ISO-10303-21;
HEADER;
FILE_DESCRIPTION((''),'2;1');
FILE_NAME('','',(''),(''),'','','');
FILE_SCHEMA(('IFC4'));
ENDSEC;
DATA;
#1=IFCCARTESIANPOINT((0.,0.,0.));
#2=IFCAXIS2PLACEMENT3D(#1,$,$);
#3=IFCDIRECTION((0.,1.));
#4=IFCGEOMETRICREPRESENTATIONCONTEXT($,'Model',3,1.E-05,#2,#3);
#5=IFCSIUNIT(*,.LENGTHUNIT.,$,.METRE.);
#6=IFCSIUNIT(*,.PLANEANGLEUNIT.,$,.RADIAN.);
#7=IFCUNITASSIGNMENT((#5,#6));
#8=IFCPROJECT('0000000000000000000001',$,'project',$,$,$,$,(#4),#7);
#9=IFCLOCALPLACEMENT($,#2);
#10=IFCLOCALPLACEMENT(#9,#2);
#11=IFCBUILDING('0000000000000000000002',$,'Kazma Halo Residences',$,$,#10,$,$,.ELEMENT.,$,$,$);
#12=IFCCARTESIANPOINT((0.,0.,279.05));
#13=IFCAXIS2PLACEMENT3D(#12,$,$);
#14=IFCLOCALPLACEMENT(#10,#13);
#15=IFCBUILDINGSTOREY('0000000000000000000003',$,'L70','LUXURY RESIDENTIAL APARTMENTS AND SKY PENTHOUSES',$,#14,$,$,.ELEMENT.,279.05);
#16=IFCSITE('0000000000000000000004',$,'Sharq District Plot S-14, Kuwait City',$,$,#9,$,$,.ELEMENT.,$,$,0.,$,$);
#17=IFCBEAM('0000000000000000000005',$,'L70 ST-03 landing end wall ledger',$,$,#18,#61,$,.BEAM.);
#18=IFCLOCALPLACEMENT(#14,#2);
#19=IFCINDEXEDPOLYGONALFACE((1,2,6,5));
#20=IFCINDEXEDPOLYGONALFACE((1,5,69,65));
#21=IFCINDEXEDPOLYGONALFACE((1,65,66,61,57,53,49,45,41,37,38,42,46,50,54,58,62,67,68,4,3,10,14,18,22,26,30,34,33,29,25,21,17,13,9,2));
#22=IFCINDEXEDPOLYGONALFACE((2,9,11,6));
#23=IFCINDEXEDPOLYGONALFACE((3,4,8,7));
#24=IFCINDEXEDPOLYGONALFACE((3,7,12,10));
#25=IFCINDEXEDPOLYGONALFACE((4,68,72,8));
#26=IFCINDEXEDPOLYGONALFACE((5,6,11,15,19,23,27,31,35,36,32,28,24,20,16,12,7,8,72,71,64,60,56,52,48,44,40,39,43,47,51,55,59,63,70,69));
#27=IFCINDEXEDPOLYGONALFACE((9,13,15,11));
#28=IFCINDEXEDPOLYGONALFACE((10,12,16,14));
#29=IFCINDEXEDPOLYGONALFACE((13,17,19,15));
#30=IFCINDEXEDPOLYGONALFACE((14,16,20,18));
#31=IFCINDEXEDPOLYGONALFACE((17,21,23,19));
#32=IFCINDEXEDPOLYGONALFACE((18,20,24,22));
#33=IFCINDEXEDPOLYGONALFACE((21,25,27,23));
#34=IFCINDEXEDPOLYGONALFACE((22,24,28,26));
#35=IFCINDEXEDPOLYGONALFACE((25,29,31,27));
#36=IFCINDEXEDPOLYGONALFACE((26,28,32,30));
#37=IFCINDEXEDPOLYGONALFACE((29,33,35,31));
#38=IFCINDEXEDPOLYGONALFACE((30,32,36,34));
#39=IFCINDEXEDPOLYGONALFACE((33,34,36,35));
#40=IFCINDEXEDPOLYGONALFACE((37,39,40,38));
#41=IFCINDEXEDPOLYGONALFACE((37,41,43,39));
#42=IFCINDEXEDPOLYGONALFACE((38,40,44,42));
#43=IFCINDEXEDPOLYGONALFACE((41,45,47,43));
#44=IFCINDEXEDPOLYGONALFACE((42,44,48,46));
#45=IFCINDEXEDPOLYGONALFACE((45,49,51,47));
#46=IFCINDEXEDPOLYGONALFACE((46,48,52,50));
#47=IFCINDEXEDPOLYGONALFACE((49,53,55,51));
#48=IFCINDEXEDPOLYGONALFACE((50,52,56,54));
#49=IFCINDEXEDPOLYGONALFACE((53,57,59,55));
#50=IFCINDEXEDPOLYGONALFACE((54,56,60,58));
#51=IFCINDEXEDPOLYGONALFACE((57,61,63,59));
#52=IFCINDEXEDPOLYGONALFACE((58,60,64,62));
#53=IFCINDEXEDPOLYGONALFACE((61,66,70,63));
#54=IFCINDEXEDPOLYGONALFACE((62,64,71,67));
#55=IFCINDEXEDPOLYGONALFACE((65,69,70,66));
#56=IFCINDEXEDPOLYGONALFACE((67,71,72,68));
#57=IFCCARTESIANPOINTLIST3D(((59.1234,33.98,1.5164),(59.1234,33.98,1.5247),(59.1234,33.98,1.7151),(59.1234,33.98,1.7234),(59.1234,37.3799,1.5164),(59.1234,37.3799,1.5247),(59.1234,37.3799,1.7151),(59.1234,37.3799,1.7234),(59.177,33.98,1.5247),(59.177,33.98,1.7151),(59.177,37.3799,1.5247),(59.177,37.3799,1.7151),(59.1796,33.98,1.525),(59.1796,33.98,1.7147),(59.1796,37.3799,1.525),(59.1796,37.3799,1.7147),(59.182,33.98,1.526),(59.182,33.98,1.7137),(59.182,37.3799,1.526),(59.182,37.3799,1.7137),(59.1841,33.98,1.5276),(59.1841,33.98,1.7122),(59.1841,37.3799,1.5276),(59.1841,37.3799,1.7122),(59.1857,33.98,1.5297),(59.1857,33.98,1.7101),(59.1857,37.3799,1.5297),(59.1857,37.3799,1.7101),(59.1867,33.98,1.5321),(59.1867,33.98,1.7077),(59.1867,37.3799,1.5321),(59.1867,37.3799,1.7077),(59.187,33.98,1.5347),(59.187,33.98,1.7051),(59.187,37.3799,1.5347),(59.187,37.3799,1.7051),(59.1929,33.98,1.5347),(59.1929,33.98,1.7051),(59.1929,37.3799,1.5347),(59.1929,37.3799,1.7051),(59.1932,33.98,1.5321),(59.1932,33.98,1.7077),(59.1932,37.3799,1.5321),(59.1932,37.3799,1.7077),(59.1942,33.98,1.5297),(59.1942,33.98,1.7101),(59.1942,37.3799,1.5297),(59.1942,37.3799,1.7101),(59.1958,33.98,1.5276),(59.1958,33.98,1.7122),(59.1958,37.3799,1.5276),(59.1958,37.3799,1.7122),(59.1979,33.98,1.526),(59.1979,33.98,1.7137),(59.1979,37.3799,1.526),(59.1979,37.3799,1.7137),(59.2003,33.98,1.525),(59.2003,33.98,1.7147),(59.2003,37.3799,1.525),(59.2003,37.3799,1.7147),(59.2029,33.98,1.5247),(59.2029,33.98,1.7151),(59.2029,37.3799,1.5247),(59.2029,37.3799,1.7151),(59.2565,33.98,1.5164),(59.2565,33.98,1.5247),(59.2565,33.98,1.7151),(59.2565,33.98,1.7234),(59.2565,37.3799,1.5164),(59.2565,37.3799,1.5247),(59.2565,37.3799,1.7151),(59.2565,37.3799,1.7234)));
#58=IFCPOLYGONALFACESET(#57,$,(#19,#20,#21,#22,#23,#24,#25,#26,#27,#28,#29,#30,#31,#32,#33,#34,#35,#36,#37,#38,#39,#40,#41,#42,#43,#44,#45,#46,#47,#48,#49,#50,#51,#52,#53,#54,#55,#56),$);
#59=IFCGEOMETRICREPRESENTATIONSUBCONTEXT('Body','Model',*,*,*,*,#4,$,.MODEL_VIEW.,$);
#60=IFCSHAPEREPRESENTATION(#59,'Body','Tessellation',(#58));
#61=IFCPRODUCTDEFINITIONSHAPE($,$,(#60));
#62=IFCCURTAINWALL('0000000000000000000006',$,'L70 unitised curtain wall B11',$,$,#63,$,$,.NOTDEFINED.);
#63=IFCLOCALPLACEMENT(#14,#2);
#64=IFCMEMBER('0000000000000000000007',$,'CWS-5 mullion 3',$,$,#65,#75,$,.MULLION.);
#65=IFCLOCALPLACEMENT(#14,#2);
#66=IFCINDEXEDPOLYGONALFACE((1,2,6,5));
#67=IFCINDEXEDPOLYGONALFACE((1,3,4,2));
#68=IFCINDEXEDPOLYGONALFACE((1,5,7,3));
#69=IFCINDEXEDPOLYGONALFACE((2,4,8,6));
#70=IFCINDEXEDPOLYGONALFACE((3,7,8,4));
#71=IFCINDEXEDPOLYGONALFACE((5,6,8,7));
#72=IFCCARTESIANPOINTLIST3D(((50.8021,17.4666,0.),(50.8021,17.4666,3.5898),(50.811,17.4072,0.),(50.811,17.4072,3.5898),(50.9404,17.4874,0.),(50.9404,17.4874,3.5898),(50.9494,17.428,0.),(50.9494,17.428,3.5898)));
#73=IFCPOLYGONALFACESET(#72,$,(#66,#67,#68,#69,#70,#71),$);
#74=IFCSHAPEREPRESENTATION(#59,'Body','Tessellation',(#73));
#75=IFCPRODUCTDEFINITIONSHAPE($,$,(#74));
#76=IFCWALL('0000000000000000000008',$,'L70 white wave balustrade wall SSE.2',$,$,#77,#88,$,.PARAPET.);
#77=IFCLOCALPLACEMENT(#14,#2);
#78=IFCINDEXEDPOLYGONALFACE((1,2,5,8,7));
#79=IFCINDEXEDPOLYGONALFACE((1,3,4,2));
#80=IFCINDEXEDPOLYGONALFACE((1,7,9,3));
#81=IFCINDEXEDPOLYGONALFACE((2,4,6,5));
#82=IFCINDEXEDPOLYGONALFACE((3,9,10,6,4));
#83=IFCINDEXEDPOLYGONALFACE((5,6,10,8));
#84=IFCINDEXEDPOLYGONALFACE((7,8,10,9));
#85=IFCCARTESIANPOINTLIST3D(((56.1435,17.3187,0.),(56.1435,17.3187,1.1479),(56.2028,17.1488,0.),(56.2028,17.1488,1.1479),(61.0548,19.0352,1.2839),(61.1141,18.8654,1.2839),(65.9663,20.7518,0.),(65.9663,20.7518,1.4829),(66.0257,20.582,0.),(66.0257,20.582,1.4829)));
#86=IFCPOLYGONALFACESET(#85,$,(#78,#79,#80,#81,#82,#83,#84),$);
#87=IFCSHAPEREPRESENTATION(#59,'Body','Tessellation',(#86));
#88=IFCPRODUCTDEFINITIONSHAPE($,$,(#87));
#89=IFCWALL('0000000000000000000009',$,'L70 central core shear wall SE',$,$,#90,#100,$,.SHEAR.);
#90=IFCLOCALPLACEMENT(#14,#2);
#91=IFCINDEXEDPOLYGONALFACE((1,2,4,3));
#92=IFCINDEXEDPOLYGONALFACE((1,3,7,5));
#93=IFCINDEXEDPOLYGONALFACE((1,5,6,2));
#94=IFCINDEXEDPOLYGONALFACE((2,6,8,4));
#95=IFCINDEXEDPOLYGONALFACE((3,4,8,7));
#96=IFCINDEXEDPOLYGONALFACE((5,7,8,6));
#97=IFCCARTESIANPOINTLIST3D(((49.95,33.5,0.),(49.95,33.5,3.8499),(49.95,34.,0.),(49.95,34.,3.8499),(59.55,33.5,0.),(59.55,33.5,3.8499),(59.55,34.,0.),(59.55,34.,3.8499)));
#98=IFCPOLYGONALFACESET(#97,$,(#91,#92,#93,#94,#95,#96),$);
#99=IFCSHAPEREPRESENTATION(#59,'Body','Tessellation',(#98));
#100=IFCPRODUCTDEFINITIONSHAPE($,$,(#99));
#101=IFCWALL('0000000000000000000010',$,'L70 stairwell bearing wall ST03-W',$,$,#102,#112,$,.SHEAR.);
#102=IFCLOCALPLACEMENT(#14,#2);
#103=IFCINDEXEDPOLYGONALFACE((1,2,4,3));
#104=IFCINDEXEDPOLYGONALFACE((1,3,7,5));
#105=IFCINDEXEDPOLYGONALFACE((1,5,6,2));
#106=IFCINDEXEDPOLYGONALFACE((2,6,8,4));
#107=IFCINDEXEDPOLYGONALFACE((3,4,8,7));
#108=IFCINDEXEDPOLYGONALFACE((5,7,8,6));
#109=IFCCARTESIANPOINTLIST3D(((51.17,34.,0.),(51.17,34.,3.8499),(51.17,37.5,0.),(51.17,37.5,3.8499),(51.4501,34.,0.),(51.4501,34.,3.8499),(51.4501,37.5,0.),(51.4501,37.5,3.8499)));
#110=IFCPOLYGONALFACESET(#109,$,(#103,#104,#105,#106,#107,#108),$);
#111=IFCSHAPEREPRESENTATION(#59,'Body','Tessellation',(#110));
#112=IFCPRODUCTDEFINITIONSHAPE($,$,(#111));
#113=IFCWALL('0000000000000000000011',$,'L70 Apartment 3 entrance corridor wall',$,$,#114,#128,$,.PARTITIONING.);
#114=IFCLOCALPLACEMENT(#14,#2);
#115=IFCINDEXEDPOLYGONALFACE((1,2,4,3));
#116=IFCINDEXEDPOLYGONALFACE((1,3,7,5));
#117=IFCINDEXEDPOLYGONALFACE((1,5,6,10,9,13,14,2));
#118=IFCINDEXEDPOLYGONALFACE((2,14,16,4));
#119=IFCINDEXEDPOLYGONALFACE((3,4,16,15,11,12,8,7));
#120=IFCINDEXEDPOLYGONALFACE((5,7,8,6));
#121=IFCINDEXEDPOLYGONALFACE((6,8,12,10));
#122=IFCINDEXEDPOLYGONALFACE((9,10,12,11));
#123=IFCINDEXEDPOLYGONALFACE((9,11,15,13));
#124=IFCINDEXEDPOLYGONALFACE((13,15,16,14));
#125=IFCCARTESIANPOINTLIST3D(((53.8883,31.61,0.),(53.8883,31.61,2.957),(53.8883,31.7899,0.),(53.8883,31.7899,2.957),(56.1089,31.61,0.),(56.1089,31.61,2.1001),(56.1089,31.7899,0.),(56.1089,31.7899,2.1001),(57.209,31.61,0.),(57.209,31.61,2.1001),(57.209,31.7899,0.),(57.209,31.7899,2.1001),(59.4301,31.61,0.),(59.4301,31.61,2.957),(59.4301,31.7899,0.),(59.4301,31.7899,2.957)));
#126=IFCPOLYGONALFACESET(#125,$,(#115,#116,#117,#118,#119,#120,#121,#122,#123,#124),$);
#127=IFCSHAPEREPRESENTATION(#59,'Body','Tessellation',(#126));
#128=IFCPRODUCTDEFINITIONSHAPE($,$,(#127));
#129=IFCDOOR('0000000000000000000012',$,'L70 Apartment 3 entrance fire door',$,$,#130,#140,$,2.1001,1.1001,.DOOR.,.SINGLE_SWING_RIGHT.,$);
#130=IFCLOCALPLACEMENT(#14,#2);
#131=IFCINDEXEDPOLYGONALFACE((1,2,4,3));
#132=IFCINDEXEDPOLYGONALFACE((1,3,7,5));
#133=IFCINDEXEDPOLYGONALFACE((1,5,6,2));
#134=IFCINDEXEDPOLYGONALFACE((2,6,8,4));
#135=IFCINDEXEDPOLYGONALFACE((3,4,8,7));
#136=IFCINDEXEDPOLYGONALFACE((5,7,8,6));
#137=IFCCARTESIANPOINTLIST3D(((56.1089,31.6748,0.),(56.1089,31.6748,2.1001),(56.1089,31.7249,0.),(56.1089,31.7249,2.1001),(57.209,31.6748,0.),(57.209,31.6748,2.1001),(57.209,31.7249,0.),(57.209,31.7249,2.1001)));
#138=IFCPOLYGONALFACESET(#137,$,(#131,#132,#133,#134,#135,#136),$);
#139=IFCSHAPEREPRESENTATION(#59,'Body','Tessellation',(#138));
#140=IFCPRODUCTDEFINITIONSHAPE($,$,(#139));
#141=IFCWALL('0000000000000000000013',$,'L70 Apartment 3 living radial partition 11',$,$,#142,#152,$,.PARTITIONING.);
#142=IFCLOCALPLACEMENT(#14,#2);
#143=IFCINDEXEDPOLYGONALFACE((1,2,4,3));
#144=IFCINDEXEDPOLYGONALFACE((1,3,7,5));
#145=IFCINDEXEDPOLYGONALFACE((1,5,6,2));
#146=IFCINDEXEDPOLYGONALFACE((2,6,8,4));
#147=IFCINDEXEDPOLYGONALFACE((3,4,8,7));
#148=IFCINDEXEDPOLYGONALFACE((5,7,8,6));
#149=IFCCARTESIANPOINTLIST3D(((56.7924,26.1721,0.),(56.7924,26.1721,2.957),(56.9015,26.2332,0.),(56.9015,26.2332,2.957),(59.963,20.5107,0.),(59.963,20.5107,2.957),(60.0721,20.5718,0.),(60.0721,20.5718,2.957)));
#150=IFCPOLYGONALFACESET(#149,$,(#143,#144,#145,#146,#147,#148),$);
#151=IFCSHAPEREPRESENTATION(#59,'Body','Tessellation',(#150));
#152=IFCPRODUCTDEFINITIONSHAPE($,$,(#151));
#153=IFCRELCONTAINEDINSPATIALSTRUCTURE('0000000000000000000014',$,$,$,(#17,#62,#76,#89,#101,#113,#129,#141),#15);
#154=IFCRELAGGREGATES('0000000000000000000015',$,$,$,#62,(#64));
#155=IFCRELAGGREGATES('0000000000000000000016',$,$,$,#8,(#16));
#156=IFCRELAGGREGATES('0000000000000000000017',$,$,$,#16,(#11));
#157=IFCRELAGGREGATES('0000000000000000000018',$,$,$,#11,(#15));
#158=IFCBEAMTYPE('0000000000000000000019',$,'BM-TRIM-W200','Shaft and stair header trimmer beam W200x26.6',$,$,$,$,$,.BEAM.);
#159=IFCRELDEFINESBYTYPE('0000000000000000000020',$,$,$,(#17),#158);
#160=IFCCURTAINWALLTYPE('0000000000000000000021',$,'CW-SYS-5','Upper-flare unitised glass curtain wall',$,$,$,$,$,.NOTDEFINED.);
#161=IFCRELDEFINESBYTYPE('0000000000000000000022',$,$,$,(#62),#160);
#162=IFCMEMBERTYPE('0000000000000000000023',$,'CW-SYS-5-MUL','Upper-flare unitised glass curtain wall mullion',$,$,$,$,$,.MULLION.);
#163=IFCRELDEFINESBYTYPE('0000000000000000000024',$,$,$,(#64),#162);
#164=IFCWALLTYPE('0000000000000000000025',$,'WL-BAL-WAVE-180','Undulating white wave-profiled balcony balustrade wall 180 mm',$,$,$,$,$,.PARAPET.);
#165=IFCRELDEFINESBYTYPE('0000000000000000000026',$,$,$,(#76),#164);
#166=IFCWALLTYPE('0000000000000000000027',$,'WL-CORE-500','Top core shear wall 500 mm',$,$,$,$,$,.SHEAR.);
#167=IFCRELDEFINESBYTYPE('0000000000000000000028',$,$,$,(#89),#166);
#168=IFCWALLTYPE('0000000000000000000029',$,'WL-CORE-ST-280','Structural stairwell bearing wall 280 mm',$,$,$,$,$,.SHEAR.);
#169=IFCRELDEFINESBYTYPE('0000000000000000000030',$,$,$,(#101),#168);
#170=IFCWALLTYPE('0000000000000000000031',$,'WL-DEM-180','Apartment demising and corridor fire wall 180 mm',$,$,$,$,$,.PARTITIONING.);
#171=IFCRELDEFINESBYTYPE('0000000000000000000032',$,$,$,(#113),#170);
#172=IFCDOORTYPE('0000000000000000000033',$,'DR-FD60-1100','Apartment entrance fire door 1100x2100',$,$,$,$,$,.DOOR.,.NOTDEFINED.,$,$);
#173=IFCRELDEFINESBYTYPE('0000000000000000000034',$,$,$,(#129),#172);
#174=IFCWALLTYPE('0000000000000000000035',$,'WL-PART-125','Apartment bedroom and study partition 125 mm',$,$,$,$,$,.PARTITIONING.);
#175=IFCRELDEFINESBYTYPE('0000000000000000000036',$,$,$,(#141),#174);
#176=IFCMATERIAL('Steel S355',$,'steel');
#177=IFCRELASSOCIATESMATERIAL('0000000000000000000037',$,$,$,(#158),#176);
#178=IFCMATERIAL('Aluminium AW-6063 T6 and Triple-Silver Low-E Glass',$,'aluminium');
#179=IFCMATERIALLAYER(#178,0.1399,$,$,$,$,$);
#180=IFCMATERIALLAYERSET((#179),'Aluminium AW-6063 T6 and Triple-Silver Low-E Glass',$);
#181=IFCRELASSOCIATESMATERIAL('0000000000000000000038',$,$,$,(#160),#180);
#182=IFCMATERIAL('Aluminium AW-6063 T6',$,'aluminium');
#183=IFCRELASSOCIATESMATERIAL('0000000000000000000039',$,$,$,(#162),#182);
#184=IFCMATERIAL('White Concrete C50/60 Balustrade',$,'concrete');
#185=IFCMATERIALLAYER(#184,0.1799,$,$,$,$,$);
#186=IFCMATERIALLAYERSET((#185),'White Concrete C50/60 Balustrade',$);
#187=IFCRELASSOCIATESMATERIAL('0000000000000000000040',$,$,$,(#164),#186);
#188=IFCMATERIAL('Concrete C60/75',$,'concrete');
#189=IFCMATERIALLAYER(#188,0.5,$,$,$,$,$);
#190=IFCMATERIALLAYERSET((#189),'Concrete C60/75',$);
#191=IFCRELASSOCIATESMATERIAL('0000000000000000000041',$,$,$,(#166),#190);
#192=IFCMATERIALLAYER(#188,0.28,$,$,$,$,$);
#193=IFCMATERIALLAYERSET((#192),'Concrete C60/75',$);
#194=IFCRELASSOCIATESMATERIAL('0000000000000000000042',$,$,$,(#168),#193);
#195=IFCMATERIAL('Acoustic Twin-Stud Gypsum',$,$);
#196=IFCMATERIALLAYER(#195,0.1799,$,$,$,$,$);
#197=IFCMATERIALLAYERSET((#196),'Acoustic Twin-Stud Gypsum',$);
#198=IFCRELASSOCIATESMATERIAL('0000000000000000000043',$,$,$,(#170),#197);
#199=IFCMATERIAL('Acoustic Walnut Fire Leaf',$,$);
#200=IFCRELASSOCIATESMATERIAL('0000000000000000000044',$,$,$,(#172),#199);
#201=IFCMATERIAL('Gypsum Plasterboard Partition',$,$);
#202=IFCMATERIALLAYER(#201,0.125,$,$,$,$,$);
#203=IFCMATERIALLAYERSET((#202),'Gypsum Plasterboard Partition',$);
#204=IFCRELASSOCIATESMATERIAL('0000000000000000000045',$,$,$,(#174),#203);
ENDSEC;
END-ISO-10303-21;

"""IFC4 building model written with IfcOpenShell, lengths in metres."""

from ifc_helpers import new_model, si_unit, direction, frame, frame_2d, origin, origin_2d, place, context, subcontext, project, spatial, polyline, rectangle, i_section, outline, extrude, material, layer, layer_set, material_profile, profile_set, type_object, element, fill, aggregate, save


model = new_model("IFC4")

# Units and contexts
model_context = context("Model", 3, precision=1e-05, world=origin(), true_north=direction((0.0, 1.0)))
body_context = subcontext(model_context, "Body", "Model", "MODEL_VIEW")
ifc_project = project(units=[si_unit("LENGTHUNIT", "METRE"), si_unit("PLANEANGLEUNIT", "RADIAN")], contexts=[model_context])

# Site, building, storey
site_placement = place(None, origin())
site = spatial("IfcSite", under=ifc_project, at=site_placement, Name="Sharq District Plot S-14, Kuwait City", CompositionType="ELEMENT", RefElevation=0.0)
building_placement = place(site_placement, origin())
building = spatial("IfcBuilding", under=site, at=building_placement, Name="Kazma Halo Residences", CompositionType="ELEMENT")
storey_placement = place(building_placement, frame((0.0, 0.0, 279.05)))
storey = spatial("IfcBuildingStorey", under=building, at=storey_placement, Name="L70", Description="LUXURY RESIDENTIAL APARTMENTS AND SKY PENTHOUSES", CompositionType="ELEMENT", Elevation=279.05)

# Shared definitions
ifc_material_1 = material(Name="Concrete C60/75", Category="concrete")

# Beam
ifc_material_2 = material(Name="Steel S355", Category="steel")
ifc_material_profile_1 = material_profile(ifc_material_2, i_section(OverallWidth=0.1331, OverallDepth=0.207, WebThickness=0.0059, FlangeThickness=0.0083, FilletRadius=0.01, at=origin_2d()), Name="W200x26.6")
ifc_profile_set_1 = profile_set([ifc_material_profile_1], Name="Steel S355")
beam_type_1 = type_object("IfcBeamType", Name="BM-TRIM-W200", Description="Shaft and stair header trimmer beam W200x26.6", PredefinedType="BEAM", material=ifc_profile_set_1)
beam_1_placement = place(storey_placement, frame((59.1899, 33.98, 1.6199), z_axis=(0.0, 1.0, 0.0), x_axis=(-1.0, 0.0, 0.0)))
element("IfcBeam", 1, at=beam_1_placement, inside=storey, type_object=beam_type_1, Name="L70 ST-03 landing end wall ledger", PredefinedType="BEAM", context=body_context, shape_type="SweptSolid", body=[
    extrude(i_section(OverallWidth=0.1331, OverallDepth=0.207, WebThickness=0.0059, FlangeThickness=0.0083, FilletRadius=0.01, at=origin_2d()), origin(), (0.0, 0.0, 1.0), 3.3999),
])

# Curtain wall, member
ifc_material_3 = material(Name="Aluminium AW-6063 T6 and Triple-Silver Low-E Glass", Category="aluminium")
ifc_layer_1 = layer(ifc_material_3, 0.1399)
ifc_layer_set_1 = layer_set([ifc_layer_1], Name="Aluminium AW-6063 T6 and Triple-Silver Low-E Glass")
curtain_wall_type = type_object("IfcCurtainWallType", Name="CW-SYS-5", Description="Upper-flare unitised glass curtain wall", PredefinedType="NOTDEFINED", material=ifc_layer_set_1)
curtain_wall_placement = place(storey_placement, origin())
curtain_wall = element("IfcCurtainWall", 2, at=curtain_wall_placement, inside=storey, type_object=curtain_wall_type, Name="L70 unitised curtain wall B11", PredefinedType="NOTDEFINED")
ifc_material_4 = material(Name="Aluminium AW-6063 T6", Category="aluminium")
ifc_material_profile_2 = material_profile(ifc_material_4, rectangle(XDim=0.0601, YDim=0.1399, at=origin_2d()), Name="CWM-60x140")
ifc_profile_set_2 = profile_set([ifc_material_profile_2], Name="Aluminium AW-6063 T6")
member_type = type_object("IfcMemberType", Name="CW-SYS-5-MUL", Description="Upper-flare unitised glass curtain wall mullion", PredefinedType="MULLION", material=ifc_profile_set_2)
member_placement = place(storey_placement, frame((50.8757, 17.4473, 0.0), z_axis=(0.0, 0.0, 1.0), x_axis=(-0.148697, 0.988883, 0.0)))
member = element("IfcMember", 3, at=member_placement, type_object=member_type, Name="CWS-5 mullion 3", PredefinedType="MULLION", context=body_context, shape_type="SweptSolid", body=[
    extrude(rectangle(XDim=0.0601, YDim=0.1399, at=origin_2d()), origin(), (0.0, 0.0, 1.0), 3.5898),
])
aggregate(curtain_wall, [member])

# Walls
ifc_material_5 = material(Name="White Concrete C50/60 Balustrade", Category="concrete")
ifc_layer_2 = layer(ifc_material_5, 0.1799)
ifc_layer_set_2 = layer_set([ifc_layer_2], Name="White Concrete C50/60 Balustrade")
wall_type_1 = type_object("IfcWallType", Name="WL-BAL-WAVE-180", Description="Undulating white wave-profiled balcony balustrade wall 180 mm", PredefinedType="PARAPET", material=ifc_layer_set_2)
wall_1_placement = place(storey_placement, frame((56.1731, 17.2339, 0.0), z_axis=(0.0, 0.0, 1.0), x_axis=(0.944004, 0.329934, 0.0)))
element("IfcWall", 4, at=wall_1_placement, inside=storey, type_object=wall_type_1, Name="L70 white wave balustrade wall SSE.2", PredefinedType="PARAPET", context=body_context, shape_type="SweptSolid", body=[
    extrude(outline(polyline([(0.0, 0.0), (10.4055, 0.0), (10.4055, 1.4829), (5.2026, 1.2839), (0.0, 1.1479), (0.0, 0.0)])), frame((0.0, 0.0898, 0.0), z_axis=(0.0, -1.0, 0.0), x_axis=(1.0, 0.0, 0.0)), (0.0, 0.0, 1.0), 0.1799),
])
ifc_layer_3 = layer(ifc_material_1, 0.5)
ifc_layer_set_3 = layer_set([ifc_layer_3], Name="Concrete C60/75")
wall_type_2 = type_object("IfcWallType", Name="WL-CORE-500", Description="Top core shear wall 500 mm", PredefinedType="SHEAR", material=ifc_layer_set_3)
wall_2_placement = place(storey_placement, frame((49.95, 33.75, 0.0), z_axis=(0.0, 0.0, 1.0), x_axis=(1.0, 0.0, 0.0)))
element("IfcWall", 5, at=wall_2_placement, inside=storey, type_object=wall_type_2, Name="L70 central core shear wall SE", PredefinedType="SHEAR", context=body_context, shape_type="SweptSolid", body=[
    extrude(rectangle(XDim=9.6001, YDim=0.5, at=frame_2d((4.8, 0.0))), origin(), (0.0, 0.0, 1.0), 3.8499),
])
ifc_layer_4 = layer(ifc_material_1, 0.28)
ifc_layer_set_4 = layer_set([ifc_layer_4], Name="Concrete C60/75")
wall_type_3 = type_object("IfcWallType", Name="WL-CORE-ST-280", Description="Structural stairwell bearing wall 280 mm", PredefinedType="SHEAR", material=ifc_layer_set_4)
wall_3_placement = place(storey_placement, frame((51.3101, 34.0, 0.0), z_axis=(0.0, 0.0, 1.0), x_axis=(0.0, 1.0, 0.0)))
element("IfcWall", 6, at=wall_3_placement, inside=storey, type_object=wall_type_3, Name="L70 stairwell bearing wall ST03-W", PredefinedType="SHEAR", context=body_context, shape_type="SweptSolid", body=[
    extrude(rectangle(XDim=3.5, YDim=0.28, at=frame_2d((1.75, 0.0))), origin(), (0.0, 0.0, 1.0), 3.8499),
])

# Wall, opening, door
ifc_material_6 = material(Name="Acoustic Twin-Stud Gypsum")
ifc_layer_5 = layer(ifc_material_6, 0.1799)
ifc_layer_set_5 = layer_set([ifc_layer_5], Name="Acoustic Twin-Stud Gypsum")
wall_type_4 = type_object("IfcWallType", Name="WL-DEM-180", Description="Apartment demising and corridor fire wall 180 mm", PredefinedType="PARTITIONING", material=ifc_layer_set_5)
wall_4_placement = place(storey_placement, frame((53.8882, 31.7, 0.0), z_axis=(0.0, 0.0, 1.0), x_axis=(1.0, 0.0, 0.0)))
wall_4 = element("IfcWall", 7, at=wall_4_placement, inside=storey, type_object=wall_type_4, Name="L70 Apartment 3 entrance corridor wall", PredefinedType="PARTITIONING", context=body_context, shape_type="SweptSolid", body=[
    extrude(rectangle(XDim=5.5417, YDim=0.1799, at=frame_2d((2.771, 0.0))), origin(), (0.0, 0.0, 1.0), 2.957),
])
opening_1_placement = place(wall_4_placement, frame((2.2207, 0.0, 0.0)))
opening_1 = element("IfcOpeningElement", 8, at=opening_1_placement, cuts=wall_4, PredefinedType="OPENING", context=body_context, shape_type="SweptSolid", body=[
    extrude(rectangle(XDim=1.1001, YDim=2.1001, at=frame_2d((0.55, 1.05))), frame((0.0, 0.0999, 0.0), z_axis=(0.0, -1.0, 0.0), x_axis=(1.0, 0.0, 0.0)), (0.0, 0.0, 1.0), 0.2),
])
ifc_material_7 = material(Name="Acoustic Walnut Fire Leaf")
door_type_1 = type_object("IfcDoorType", Name="DR-FD60-1100", Description="Apartment entrance fire door 1100x2100", OperationType="NOTDEFINED", PredefinedType="DOOR", material=ifc_material_7)
door_1_placement = place(opening_1_placement, origin())
door_1 = element("IfcDoor", 9, at=door_1_placement, inside=storey, type_object=door_type_1, Name="L70 Apartment 3 entrance fire door", OperationType="SINGLE_SWING_RIGHT", OverallHeight=2.1001, OverallWidth=1.1001, PredefinedType="DOOR", context=body_context, shape_type="SweptSolid", body=[
    extrude(rectangle(XDim=1.1001, YDim=2.1001, at=frame_2d((0.55, 1.05))), frame((0.0, 0.0249, 0.0), z_axis=(0.0, -1.0, 0.0), x_axis=(1.0, 0.0, 0.0)), (0.0, 0.0, 1.0), 0.05),
])
fill(opening_1, door_1)

# Wall
ifc_material_8 = material(Name="Gypsum Plasterboard Partition")
ifc_layer_6 = layer(ifc_material_8, 0.125)
ifc_layer_set_6 = layer_set([ifc_layer_6], Name="Gypsum Plasterboard Partition")
wall_type_5 = type_object("IfcWallType", Name="WL-PART-125", Description="Apartment bedroom and study partition 125 mm", PredefinedType="PARTITIONING", material=ifc_layer_set_6)
wall_5_placement = place(storey_placement, frame((56.8469, 26.2026, 0.0), z_axis=(0.0, 0.0, 1.0), x_axis=(0.488637, -0.872487, 0.0)))
element("IfcWall", 10, at=wall_5_placement, inside=storey, type_object=wall_type_5, Name="L70 Apartment 3 living radial partition 11", PredefinedType="PARTITIONING", context=body_context, shape_type="SweptSolid", body=[
    extrude(rectangle(XDim=6.4888, YDim=0.125, at=frame_2d((3.2444, 0.0))), origin(), (0.0, 0.0, 1.0), 2.957),
])

save(model, "model.ifc")
